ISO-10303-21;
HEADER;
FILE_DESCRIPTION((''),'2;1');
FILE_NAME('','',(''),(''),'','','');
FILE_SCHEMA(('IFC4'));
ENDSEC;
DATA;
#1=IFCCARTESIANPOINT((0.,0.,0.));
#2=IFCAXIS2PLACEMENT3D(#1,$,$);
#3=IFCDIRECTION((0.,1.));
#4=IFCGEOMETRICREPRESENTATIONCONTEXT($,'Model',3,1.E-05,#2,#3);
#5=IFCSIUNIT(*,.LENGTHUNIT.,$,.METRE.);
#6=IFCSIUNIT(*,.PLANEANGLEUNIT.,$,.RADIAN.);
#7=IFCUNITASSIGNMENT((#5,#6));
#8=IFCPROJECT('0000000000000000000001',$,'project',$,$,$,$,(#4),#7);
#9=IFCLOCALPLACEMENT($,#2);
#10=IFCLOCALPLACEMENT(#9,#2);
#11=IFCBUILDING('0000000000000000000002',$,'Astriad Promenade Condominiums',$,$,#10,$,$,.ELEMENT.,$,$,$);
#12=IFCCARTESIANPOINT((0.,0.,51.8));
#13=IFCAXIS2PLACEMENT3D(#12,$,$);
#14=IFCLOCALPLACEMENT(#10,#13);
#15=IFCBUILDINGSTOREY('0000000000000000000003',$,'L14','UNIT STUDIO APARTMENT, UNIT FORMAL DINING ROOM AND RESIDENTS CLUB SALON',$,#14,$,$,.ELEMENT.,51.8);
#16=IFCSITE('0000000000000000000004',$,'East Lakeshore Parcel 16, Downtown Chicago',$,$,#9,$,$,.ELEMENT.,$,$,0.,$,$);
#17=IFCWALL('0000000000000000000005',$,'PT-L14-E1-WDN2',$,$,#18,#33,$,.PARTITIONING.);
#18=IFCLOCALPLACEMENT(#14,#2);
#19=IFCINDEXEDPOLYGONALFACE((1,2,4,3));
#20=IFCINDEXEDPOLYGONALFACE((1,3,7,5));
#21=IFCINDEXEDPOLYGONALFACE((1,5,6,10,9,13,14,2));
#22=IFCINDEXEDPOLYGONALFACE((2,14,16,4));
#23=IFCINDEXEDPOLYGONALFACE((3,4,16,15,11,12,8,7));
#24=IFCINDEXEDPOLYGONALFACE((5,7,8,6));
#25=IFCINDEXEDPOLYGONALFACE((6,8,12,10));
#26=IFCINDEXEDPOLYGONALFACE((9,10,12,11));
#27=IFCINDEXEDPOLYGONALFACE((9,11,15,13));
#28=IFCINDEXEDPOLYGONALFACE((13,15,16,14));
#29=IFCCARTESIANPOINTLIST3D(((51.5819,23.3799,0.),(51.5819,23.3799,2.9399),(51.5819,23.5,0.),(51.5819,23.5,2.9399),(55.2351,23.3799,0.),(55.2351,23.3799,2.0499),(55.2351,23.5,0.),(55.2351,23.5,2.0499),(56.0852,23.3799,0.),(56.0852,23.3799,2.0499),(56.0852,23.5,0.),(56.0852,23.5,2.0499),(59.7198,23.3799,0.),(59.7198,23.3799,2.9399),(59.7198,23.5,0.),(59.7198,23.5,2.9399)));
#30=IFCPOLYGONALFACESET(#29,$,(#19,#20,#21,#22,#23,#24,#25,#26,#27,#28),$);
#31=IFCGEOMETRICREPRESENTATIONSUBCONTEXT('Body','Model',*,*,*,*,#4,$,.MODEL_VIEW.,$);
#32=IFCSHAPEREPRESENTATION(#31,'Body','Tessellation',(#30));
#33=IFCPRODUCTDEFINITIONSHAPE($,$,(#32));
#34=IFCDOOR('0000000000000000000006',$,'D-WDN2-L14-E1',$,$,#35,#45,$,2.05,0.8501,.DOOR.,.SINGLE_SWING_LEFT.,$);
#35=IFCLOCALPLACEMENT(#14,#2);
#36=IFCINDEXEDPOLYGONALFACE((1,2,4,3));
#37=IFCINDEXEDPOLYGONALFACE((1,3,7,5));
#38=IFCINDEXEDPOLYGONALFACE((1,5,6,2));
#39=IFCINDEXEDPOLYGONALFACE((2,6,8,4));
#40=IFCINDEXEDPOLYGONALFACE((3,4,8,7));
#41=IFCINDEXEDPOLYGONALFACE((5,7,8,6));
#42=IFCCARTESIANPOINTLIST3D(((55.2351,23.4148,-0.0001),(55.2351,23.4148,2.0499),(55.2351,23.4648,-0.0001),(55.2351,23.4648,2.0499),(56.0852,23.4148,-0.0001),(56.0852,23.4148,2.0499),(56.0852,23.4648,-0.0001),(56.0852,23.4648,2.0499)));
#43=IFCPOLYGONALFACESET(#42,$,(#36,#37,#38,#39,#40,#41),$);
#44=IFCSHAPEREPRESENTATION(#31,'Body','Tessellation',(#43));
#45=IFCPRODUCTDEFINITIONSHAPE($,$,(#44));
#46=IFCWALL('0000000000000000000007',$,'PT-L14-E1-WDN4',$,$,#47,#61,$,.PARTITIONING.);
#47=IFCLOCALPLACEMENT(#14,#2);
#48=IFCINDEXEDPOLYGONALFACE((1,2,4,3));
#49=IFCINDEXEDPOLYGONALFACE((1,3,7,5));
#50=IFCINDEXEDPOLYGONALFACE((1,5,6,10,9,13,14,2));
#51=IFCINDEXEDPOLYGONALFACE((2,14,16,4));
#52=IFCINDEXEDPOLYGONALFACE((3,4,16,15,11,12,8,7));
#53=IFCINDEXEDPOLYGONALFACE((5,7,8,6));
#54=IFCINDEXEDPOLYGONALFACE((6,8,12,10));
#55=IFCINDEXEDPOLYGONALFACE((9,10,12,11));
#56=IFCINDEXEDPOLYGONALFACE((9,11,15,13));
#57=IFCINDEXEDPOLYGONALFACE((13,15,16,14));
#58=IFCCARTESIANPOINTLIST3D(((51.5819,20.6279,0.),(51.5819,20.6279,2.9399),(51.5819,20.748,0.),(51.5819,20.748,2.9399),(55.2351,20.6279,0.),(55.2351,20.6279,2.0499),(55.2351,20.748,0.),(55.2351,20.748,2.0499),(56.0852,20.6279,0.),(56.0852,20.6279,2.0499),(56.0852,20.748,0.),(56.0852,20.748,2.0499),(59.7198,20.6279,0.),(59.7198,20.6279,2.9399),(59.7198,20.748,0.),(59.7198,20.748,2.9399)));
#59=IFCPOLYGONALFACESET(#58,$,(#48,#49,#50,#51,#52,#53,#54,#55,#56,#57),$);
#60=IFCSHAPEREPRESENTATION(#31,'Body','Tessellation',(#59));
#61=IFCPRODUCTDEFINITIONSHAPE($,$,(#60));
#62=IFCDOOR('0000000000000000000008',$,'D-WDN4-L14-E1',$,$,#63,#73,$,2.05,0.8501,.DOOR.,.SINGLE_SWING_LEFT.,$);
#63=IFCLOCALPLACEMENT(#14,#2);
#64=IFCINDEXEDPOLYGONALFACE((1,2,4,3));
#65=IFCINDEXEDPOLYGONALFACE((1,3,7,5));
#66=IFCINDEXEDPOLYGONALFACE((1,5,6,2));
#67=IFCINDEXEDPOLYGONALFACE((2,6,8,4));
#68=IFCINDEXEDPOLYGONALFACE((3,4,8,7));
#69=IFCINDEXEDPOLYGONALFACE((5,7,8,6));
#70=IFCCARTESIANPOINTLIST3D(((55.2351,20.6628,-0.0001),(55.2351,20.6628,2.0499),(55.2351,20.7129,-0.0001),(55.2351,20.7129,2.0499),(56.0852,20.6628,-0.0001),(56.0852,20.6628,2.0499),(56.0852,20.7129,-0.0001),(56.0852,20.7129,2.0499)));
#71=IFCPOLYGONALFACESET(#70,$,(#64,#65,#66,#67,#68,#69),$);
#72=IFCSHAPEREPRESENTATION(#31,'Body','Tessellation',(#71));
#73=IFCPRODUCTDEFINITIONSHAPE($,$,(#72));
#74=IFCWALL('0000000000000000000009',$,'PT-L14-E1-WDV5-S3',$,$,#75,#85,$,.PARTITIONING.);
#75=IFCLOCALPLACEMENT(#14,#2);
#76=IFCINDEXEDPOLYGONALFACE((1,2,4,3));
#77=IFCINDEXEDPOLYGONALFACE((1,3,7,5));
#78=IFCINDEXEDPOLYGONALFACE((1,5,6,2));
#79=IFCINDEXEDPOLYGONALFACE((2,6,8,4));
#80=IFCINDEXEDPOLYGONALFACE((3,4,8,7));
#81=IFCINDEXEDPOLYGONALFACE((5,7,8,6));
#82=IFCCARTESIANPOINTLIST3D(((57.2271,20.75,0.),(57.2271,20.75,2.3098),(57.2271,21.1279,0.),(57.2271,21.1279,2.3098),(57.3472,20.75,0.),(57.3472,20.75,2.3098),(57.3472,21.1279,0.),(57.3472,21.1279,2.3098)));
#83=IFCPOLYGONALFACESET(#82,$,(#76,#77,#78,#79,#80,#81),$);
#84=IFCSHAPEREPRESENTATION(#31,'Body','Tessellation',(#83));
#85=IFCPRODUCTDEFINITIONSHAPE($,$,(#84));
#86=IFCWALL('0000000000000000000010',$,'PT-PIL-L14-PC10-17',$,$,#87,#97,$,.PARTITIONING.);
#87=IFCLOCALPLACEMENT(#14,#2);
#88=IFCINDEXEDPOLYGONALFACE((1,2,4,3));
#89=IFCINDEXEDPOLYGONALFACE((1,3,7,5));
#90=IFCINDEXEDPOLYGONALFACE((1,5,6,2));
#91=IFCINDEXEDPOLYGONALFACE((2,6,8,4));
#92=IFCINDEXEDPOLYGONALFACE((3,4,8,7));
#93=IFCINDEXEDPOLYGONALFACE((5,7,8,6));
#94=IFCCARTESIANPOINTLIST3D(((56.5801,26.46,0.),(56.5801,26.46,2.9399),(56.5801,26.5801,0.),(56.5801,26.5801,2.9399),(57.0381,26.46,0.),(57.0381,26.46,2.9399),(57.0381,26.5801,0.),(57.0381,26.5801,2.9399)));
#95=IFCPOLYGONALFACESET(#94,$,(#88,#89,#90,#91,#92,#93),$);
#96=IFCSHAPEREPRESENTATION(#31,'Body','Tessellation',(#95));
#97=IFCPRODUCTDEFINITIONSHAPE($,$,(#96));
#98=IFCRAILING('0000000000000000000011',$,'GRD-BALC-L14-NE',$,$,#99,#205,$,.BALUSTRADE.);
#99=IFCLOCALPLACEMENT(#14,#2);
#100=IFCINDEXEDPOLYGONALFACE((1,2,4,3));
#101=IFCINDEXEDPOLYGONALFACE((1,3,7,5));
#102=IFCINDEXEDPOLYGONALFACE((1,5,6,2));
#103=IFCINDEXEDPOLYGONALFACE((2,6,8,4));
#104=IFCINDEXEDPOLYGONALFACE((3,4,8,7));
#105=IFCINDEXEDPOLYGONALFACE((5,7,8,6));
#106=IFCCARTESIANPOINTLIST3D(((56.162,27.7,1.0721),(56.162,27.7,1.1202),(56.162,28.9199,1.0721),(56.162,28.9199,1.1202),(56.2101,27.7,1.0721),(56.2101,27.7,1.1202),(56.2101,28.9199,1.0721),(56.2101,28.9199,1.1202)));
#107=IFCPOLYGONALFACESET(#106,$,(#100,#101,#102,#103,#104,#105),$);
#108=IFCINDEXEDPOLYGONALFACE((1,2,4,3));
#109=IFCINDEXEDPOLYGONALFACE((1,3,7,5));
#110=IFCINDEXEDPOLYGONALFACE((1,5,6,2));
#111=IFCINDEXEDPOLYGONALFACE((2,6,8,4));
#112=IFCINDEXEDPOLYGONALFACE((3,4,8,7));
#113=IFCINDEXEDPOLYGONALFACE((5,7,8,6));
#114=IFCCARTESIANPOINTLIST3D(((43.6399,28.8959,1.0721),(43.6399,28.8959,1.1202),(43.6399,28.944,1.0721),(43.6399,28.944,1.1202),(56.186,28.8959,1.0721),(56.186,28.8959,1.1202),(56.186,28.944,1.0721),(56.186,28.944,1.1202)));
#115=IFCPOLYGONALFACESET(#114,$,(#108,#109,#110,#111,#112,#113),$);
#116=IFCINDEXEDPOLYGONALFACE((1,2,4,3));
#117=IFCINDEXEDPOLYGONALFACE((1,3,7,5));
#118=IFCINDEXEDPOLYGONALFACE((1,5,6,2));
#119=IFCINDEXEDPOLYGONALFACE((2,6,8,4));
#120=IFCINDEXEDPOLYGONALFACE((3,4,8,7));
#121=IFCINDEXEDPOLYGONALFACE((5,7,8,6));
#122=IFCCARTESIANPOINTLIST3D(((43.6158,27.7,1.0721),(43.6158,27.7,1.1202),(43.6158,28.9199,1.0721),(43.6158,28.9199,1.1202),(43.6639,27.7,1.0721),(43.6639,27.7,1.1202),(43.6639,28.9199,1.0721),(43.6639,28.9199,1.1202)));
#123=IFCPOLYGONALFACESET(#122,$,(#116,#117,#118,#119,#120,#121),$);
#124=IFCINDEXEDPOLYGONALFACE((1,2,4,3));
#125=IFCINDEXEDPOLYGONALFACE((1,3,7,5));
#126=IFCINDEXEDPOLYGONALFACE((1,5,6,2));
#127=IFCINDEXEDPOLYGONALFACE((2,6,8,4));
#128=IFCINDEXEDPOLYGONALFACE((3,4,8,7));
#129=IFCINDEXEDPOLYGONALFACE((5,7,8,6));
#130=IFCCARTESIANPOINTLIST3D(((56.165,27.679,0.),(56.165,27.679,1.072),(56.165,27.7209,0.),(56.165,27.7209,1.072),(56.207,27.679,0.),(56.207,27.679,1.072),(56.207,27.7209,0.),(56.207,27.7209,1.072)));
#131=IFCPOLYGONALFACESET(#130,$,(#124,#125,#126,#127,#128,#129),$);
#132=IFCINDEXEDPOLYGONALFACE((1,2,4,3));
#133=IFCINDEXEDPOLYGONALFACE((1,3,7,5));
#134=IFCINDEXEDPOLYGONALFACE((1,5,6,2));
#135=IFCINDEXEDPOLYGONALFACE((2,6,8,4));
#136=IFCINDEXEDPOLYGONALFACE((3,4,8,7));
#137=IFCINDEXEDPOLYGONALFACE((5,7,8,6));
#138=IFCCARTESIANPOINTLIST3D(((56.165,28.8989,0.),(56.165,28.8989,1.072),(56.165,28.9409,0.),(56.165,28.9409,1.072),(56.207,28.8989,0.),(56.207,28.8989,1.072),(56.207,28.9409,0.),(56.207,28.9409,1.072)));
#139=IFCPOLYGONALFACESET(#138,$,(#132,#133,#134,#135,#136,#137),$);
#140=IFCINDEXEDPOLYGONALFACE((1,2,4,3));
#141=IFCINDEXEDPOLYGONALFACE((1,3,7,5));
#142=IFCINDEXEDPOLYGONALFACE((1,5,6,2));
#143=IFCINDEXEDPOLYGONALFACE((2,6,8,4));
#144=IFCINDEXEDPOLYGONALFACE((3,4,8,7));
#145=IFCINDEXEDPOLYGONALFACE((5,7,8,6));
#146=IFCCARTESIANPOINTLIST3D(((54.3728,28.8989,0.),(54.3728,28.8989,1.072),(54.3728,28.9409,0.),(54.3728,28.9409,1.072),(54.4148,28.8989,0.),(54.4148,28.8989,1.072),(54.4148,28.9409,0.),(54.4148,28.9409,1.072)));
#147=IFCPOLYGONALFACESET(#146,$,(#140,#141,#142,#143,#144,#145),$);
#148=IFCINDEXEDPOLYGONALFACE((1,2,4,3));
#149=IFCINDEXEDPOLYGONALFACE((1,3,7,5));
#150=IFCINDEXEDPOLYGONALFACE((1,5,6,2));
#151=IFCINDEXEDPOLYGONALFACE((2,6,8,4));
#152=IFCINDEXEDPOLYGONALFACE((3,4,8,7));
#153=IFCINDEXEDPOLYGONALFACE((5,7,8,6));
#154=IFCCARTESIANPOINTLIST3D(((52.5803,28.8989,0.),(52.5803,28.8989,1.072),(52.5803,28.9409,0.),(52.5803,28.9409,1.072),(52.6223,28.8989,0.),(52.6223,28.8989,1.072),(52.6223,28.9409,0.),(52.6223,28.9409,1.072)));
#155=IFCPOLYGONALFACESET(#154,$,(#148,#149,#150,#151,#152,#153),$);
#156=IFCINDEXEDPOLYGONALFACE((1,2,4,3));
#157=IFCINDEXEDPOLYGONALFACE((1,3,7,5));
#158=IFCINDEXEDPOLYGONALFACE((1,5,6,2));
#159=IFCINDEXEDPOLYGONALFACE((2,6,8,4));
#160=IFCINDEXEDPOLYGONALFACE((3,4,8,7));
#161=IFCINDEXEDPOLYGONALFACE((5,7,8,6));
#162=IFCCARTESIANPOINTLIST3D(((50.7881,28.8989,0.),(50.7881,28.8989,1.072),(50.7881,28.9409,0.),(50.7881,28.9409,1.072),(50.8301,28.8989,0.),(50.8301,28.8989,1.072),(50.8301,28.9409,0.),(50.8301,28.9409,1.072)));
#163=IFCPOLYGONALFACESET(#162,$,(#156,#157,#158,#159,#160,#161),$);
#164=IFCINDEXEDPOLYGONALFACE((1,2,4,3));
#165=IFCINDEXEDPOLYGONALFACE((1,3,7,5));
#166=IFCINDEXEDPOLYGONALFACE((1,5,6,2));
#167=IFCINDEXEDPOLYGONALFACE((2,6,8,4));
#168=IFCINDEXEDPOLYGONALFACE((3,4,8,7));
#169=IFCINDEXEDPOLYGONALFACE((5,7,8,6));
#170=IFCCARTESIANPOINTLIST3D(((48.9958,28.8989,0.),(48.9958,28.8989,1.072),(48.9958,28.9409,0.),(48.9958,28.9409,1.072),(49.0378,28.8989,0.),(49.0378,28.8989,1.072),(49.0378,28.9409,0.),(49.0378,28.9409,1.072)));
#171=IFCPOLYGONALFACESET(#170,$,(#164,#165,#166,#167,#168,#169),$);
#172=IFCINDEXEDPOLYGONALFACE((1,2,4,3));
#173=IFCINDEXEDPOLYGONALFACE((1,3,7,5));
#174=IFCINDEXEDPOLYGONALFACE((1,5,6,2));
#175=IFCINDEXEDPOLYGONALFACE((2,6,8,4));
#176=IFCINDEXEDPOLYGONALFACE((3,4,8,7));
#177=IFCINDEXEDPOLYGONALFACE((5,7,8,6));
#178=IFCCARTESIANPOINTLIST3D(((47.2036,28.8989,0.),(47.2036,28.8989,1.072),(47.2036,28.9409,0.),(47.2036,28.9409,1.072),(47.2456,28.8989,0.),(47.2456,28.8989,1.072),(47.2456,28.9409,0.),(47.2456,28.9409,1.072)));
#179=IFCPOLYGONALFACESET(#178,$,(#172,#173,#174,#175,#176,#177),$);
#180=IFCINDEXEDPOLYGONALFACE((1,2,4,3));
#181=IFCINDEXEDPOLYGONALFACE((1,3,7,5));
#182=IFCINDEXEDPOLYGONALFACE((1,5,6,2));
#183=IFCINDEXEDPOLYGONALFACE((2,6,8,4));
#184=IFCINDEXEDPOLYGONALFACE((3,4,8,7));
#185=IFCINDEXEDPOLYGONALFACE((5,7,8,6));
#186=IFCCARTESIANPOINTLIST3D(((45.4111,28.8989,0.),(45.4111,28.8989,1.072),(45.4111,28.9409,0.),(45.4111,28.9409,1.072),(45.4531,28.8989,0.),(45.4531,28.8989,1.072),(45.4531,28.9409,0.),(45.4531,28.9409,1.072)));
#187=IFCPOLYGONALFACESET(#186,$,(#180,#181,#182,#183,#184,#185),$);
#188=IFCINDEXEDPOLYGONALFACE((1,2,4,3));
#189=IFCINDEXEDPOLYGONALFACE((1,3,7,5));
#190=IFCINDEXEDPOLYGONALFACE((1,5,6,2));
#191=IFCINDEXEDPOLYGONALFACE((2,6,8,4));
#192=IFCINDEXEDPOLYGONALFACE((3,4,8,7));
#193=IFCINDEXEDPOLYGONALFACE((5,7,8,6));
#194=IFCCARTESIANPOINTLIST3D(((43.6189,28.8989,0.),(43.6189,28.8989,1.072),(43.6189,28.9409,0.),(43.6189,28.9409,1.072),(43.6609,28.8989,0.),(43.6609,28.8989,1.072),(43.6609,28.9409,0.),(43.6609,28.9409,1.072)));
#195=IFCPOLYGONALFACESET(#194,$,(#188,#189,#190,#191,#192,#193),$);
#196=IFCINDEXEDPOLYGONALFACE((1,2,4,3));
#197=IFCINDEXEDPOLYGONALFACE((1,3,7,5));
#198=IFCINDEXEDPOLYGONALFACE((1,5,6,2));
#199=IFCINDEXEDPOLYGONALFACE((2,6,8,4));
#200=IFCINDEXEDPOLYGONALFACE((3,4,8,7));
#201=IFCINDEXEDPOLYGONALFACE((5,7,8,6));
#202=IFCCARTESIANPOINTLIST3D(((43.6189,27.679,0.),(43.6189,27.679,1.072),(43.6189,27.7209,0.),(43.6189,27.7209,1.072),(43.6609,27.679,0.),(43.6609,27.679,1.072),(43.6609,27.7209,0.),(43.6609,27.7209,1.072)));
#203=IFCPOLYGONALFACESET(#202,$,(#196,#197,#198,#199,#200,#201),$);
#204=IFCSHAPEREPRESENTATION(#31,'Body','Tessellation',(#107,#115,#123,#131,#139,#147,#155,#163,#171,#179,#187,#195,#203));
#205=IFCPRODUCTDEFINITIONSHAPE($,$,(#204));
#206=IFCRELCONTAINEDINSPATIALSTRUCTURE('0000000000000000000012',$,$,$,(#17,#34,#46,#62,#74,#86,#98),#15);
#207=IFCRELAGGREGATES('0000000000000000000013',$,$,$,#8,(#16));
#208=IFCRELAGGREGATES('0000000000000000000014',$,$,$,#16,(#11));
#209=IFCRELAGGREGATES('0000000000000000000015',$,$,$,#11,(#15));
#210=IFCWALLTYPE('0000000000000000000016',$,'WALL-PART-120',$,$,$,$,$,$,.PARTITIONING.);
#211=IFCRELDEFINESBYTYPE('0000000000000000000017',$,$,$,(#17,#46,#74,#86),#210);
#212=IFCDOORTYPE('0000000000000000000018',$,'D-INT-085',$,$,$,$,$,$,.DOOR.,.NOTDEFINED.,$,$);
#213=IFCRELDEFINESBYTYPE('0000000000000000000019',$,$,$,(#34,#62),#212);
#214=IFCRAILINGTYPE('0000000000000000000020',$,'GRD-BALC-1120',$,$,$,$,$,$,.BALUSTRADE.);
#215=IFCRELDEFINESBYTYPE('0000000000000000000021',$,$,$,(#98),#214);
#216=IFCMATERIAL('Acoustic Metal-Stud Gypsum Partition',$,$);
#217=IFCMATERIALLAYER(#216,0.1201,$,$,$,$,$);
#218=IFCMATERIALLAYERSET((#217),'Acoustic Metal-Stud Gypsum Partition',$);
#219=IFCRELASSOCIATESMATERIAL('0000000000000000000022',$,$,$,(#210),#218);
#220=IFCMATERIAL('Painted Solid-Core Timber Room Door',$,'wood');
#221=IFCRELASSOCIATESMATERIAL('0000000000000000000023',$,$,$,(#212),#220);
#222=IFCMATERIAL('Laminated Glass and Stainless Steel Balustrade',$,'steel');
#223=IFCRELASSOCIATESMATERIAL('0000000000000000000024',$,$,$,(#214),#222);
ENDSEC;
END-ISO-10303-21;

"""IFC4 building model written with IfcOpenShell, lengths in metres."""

from ifc_helpers import new_model, si_unit, direction, frame, frame_2d, origin, origin_2d, place, context, subcontext, project, spatial, rectangle, extrude, source, transform, mapped, material, layer, layer_set, type_object, type_shapes, element, fill, save


model = new_model("IFC4")

# Units and contexts
model_context = context("Model", 3, precision=1e-05, world=origin(), true_north=direction((0.0, 1.0)))
body_context = subcontext(model_context, "Body", "Model", "MODEL_VIEW")
ifc_project = project(units=[si_unit("LENGTHUNIT", "METRE"), si_unit("PLANEANGLEUNIT", "RADIAN")], contexts=[model_context])

# Site, building, storey
site_placement = place(None, origin())
site = spatial("IfcSite", under=ifc_project, at=site_placement, Name="East Lakeshore Parcel 16, Downtown Chicago", CompositionType="ELEMENT", RefElevation=0.0)
building_placement = place(site_placement, origin())
building = spatial("IfcBuilding", under=site, at=building_placement, Name="Astriad Promenade Condominiums", CompositionType="ELEMENT")
storey_placement = place(building_placement, frame((0.0, 0.0, 51.8)))
storey = spatial("IfcBuildingStorey", under=building, at=storey_placement, Name="L14", Description="UNIT STUDIO APARTMENT, UNIT FORMAL DINING ROOM AND RESIDENTS CLUB SALON", CompositionType="ELEMENT", Elevation=51.8)

# Shared definitions
ifc_material_1 = material(Name="Acoustic Metal-Stud Gypsum Partition")
ifc_layer_1 = layer(ifc_material_1, 0.1201)
ifc_layer_set_1 = layer_set([ifc_layer_1], Name="Acoustic Metal-Stud Gypsum Partition")
wall_type_1 = type_object("IfcWallType", Name="WALL-PART-120", PredefinedType="PARTITIONING", material=ifc_layer_set_1)

# Walls, openings, doors
wall_1_placement = place(storey_placement, frame((51.582, 23.4399, 0.0), z_axis=(0.0, 0.0, 1.0), x_axis=(1.0, 0.0, 0.0)))
wall_1 = element("IfcWall", 1, at=wall_1_placement, inside=storey, type_object=wall_type_1, Name="PT-L14-E1-WDN2", PredefinedType="PARTITIONING", context=body_context, shape_type="SweptSolid", body=[
    extrude(rectangle(XDim=8.1379, YDim=0.1201, at=frame_2d((4.0688, 0.0))), origin(), (0.0, 0.0, 1.0), 2.9399),
])
opening_1_placement = place(wall_1_placement, frame((3.6531, 0.0, 0.0)))
opening_1 = element("IfcOpeningElement", 2, at=opening_1_placement, cuts=wall_1, PredefinedType="OPENING", context=body_context, shape_type="SweptSolid", body=[
    extrude(rectangle(XDim=0.8501, YDim=2.05, at=frame_2d((0.425, 1.0249))), frame((0.0, 0.0701, 0.0), z_axis=(0.0, -1.0, 0.0), x_axis=(1.0, 0.0, 0.0)), (0.0, 0.0, 1.0), 0.1401),
])
ifc_material_2 = material(Name="Painted Solid-Core Timber Room Door", Category="wood")
door_type = type_object("IfcDoorType", Name="D-INT-085", OperationType="NOTDEFINED", PredefinedType="DOOR", material=ifc_material_2)
shared_shape_1 = source(origin(), body_context, "Body", "SweptSolid", [
    extrude(rectangle(XDim=0.8501, YDim=2.05, at=frame_2d((0.425, 1.0249))), frame((0.0, 0.0249, 0.0), z_axis=(0.0, -1.0, 0.0), x_axis=(1.0, 0.0, 0.0)), (0.0, 0.0, 1.0), 0.05),
])
type_shapes(door_type, [shared_shape_1])
door_1_placement = place(opening_1_placement, origin())
door_1 = element("IfcDoor", 3, at=door_1_placement, inside=storey, type_object=door_type, Name="D-WDN2-L14-E1", OperationType="SINGLE_SWING_LEFT", OverallHeight=2.05, OverallWidth=0.8501, PredefinedType="DOOR", context=body_context, shape_type="MappedRepresentation", body=[
    mapped(shared_shape_1, transform((0.0, 0.0, 0.0), scale=1.0)),
])
fill(opening_1, door_1)
wall_2_placement = place(storey_placement, frame((51.582, 20.688, 0.0), z_axis=(0.0, 0.0, 1.0), x_axis=(1.0, 0.0, 0.0)))
wall_2 = element("IfcWall", 4, at=wall_2_placement, inside=storey, type_object=wall_type_1, Name="PT-L14-E1-WDN4", PredefinedType="PARTITIONING", context=body_context, shape_type="SweptSolid", body=[
    extrude(rectangle(XDim=8.1379, YDim=0.1201, at=frame_2d((4.0688, 0.0))), origin(), (0.0, 0.0, 1.0), 2.9399),
])
opening_2_placement = place(wall_2_placement, frame((3.6531, 0.0, 0.0)))
opening_2 = element("IfcOpeningElement", 5, at=opening_2_placement, cuts=wall_2, PredefinedType="OPENING", context=body_context, shape_type="SweptSolid", body=[
    extrude(rectangle(XDim=0.8501, YDim=2.05, at=frame_2d((0.425, 1.0249))), frame((0.0, 0.0701, 0.0), z_axis=(0.0, -1.0, 0.0), x_axis=(1.0, 0.0, 0.0)), (0.0, 0.0, 1.0), 0.1401),
])
door_2_placement = place(opening_2_placement, origin())
door_2 = element("IfcDoor", 6, at=door_2_placement, inside=storey, type_object=door_type, Name="D-WDN4-L14-E1", OperationType="SINGLE_SWING_LEFT", OverallHeight=2.05, OverallWidth=0.8501, PredefinedType="DOOR", context=body_context, shape_type="MappedRepresentation", body=[
    mapped(shared_shape_1, transform((0.0, 0.0, 0.0), scale=1.0)),
])
fill(opening_2, door_2)

# Walls
wall_3_placement = place(storey_placement, frame((57.2871, 20.75, 0.0), z_axis=(0.0, 0.0, 1.0), x_axis=(0.0, 1.0, 0.0)))
element("IfcWall", 7, at=wall_3_placement, inside=storey, type_object=wall_type_1, Name="PT-L14-E1-WDV5-S3", PredefinedType="PARTITIONING", context=body_context, shape_type="SweptSolid", body=[
    extrude(rectangle(XDim=0.3779, YDim=0.1201, at=frame_2d((0.189, 0.0))), origin(), (0.0, 0.0, 1.0), 2.3098),
])
wall_4_placement = place(storey_placement, frame((56.5801, 26.52, 0.0), z_axis=(0.0, 0.0, 1.0), x_axis=(1.0, 0.0, 0.0)))
element("IfcWall", 8, at=wall_4_placement, inside=storey, type_object=wall_type_1, Name="PT-PIL-L14-PC10-17", PredefinedType="PARTITIONING", context=body_context, shape_type="SweptSolid", body=[
    extrude(rectangle(XDim=0.458, YDim=0.1201, at=frame_2d((0.229, 0.0))), origin(), (0.0, 0.0, 1.0), 2.9399),
])

# Railing
ifc_material_3 = material(Name="Laminated Glass and Stainless Steel Balustrade", Category="steel")
railing_type = type_object("IfcRailingType", Name="GRD-BALC-1120", PredefinedType="BALUSTRADE", material=ifc_material_3)
shared_shape_2 = source(origin(), body_context, "Body", "SweptSolid", [
    extrude(rectangle(XDim=0.0481, YDim=0.0481, at=origin_2d()), frame((0.0, 0.0, 1.0962), z_axis=(0.0, 1.0, 0.0), x_axis=(-1.0, 0.0, 0.0)), (0.0, 0.0, 1.0), 1.22),
    extrude(rectangle(XDim=0.0481, YDim=0.0481, at=origin_2d()), frame((0.0, 1.22, 1.0962), z_axis=(-1.0, 0.0, 0.0), x_axis=(0.0, -1.0, 0.0)), (0.0, 0.0, 1.0), 12.5461),
    extrude(rectangle(XDim=0.0481, YDim=0.0481, at=origin_2d()), frame((-12.5461, 1.22, 1.0962), z_axis=(0.0, -1.0, 0.0), x_axis=(1.0, 0.0, 0.0)), (0.0, 0.0, 1.0), 1.22),
    extrude(rectangle(XDim=0.042, YDim=0.042, at=origin_2d()), origin(), (0.0, 0.0, 1.0), 1.072),
    extrude(rectangle(XDim=0.042, YDim=0.042, at=origin_2d()), frame((0.0, 1.22, 0.0)), (0.0, 0.0, 1.0), 1.072),
    extrude(rectangle(XDim=0.042, YDim=0.042, at=origin_2d()), frame((-1.7922, 1.22, 0.0)), (0.0, 0.0, 1.0), 1.072),
    extrude(rectangle(XDim=0.042, YDim=0.042, at=origin_2d()), frame((-3.5847, 1.22, 0.0)), (0.0, 0.0, 1.0), 1.072),
    extrude(rectangle(XDim=0.042, YDim=0.042, at=origin_2d()), frame((-5.377, 1.22, 0.0)), (0.0, 0.0, 1.0), 1.072),
    extrude(rectangle(XDim=0.042, YDim=0.042, at=origin_2d()), frame((-7.1692, 1.22, 0.0)), (0.0, 0.0, 1.0), 1.072),
    extrude(rectangle(XDim=0.042, YDim=0.042, at=origin_2d()), frame((-8.9614, 1.22, 0.0)), (0.0, 0.0, 1.0), 1.072),
    extrude(rectangle(XDim=0.042, YDim=0.042, at=origin_2d()), frame((-10.7539, 1.22, 0.0)), (0.0, 0.0, 1.0), 1.072),
    extrude(rectangle(XDim=0.042, YDim=0.042, at=origin_2d()), frame((-12.5461, 1.22, 0.0)), (0.0, 0.0, 1.0), 1.072),
    extrude(rectangle(XDim=0.042, YDim=0.042, at=origin_2d()), frame((-12.5461, 0.0, 0.0)), (0.0, 0.0, 1.0), 1.072),
])
type_shapes(railing_type, [shared_shape_2])
railing_placement = place(storey_placement, frame((56.186, 27.7, 0.0)))
element("IfcRailing", 9, at=railing_placement, inside=storey, type_object=railing_type, Name="GRD-BALC-L14-NE", PredefinedType="BALUSTRADE", context=body_context, shape_type="MappedRepresentation", body=[
    mapped(shared_shape_2, transform((0.0, 0.0, 0.0), scale=1.0)),
])

save(model, "model.ifc")
